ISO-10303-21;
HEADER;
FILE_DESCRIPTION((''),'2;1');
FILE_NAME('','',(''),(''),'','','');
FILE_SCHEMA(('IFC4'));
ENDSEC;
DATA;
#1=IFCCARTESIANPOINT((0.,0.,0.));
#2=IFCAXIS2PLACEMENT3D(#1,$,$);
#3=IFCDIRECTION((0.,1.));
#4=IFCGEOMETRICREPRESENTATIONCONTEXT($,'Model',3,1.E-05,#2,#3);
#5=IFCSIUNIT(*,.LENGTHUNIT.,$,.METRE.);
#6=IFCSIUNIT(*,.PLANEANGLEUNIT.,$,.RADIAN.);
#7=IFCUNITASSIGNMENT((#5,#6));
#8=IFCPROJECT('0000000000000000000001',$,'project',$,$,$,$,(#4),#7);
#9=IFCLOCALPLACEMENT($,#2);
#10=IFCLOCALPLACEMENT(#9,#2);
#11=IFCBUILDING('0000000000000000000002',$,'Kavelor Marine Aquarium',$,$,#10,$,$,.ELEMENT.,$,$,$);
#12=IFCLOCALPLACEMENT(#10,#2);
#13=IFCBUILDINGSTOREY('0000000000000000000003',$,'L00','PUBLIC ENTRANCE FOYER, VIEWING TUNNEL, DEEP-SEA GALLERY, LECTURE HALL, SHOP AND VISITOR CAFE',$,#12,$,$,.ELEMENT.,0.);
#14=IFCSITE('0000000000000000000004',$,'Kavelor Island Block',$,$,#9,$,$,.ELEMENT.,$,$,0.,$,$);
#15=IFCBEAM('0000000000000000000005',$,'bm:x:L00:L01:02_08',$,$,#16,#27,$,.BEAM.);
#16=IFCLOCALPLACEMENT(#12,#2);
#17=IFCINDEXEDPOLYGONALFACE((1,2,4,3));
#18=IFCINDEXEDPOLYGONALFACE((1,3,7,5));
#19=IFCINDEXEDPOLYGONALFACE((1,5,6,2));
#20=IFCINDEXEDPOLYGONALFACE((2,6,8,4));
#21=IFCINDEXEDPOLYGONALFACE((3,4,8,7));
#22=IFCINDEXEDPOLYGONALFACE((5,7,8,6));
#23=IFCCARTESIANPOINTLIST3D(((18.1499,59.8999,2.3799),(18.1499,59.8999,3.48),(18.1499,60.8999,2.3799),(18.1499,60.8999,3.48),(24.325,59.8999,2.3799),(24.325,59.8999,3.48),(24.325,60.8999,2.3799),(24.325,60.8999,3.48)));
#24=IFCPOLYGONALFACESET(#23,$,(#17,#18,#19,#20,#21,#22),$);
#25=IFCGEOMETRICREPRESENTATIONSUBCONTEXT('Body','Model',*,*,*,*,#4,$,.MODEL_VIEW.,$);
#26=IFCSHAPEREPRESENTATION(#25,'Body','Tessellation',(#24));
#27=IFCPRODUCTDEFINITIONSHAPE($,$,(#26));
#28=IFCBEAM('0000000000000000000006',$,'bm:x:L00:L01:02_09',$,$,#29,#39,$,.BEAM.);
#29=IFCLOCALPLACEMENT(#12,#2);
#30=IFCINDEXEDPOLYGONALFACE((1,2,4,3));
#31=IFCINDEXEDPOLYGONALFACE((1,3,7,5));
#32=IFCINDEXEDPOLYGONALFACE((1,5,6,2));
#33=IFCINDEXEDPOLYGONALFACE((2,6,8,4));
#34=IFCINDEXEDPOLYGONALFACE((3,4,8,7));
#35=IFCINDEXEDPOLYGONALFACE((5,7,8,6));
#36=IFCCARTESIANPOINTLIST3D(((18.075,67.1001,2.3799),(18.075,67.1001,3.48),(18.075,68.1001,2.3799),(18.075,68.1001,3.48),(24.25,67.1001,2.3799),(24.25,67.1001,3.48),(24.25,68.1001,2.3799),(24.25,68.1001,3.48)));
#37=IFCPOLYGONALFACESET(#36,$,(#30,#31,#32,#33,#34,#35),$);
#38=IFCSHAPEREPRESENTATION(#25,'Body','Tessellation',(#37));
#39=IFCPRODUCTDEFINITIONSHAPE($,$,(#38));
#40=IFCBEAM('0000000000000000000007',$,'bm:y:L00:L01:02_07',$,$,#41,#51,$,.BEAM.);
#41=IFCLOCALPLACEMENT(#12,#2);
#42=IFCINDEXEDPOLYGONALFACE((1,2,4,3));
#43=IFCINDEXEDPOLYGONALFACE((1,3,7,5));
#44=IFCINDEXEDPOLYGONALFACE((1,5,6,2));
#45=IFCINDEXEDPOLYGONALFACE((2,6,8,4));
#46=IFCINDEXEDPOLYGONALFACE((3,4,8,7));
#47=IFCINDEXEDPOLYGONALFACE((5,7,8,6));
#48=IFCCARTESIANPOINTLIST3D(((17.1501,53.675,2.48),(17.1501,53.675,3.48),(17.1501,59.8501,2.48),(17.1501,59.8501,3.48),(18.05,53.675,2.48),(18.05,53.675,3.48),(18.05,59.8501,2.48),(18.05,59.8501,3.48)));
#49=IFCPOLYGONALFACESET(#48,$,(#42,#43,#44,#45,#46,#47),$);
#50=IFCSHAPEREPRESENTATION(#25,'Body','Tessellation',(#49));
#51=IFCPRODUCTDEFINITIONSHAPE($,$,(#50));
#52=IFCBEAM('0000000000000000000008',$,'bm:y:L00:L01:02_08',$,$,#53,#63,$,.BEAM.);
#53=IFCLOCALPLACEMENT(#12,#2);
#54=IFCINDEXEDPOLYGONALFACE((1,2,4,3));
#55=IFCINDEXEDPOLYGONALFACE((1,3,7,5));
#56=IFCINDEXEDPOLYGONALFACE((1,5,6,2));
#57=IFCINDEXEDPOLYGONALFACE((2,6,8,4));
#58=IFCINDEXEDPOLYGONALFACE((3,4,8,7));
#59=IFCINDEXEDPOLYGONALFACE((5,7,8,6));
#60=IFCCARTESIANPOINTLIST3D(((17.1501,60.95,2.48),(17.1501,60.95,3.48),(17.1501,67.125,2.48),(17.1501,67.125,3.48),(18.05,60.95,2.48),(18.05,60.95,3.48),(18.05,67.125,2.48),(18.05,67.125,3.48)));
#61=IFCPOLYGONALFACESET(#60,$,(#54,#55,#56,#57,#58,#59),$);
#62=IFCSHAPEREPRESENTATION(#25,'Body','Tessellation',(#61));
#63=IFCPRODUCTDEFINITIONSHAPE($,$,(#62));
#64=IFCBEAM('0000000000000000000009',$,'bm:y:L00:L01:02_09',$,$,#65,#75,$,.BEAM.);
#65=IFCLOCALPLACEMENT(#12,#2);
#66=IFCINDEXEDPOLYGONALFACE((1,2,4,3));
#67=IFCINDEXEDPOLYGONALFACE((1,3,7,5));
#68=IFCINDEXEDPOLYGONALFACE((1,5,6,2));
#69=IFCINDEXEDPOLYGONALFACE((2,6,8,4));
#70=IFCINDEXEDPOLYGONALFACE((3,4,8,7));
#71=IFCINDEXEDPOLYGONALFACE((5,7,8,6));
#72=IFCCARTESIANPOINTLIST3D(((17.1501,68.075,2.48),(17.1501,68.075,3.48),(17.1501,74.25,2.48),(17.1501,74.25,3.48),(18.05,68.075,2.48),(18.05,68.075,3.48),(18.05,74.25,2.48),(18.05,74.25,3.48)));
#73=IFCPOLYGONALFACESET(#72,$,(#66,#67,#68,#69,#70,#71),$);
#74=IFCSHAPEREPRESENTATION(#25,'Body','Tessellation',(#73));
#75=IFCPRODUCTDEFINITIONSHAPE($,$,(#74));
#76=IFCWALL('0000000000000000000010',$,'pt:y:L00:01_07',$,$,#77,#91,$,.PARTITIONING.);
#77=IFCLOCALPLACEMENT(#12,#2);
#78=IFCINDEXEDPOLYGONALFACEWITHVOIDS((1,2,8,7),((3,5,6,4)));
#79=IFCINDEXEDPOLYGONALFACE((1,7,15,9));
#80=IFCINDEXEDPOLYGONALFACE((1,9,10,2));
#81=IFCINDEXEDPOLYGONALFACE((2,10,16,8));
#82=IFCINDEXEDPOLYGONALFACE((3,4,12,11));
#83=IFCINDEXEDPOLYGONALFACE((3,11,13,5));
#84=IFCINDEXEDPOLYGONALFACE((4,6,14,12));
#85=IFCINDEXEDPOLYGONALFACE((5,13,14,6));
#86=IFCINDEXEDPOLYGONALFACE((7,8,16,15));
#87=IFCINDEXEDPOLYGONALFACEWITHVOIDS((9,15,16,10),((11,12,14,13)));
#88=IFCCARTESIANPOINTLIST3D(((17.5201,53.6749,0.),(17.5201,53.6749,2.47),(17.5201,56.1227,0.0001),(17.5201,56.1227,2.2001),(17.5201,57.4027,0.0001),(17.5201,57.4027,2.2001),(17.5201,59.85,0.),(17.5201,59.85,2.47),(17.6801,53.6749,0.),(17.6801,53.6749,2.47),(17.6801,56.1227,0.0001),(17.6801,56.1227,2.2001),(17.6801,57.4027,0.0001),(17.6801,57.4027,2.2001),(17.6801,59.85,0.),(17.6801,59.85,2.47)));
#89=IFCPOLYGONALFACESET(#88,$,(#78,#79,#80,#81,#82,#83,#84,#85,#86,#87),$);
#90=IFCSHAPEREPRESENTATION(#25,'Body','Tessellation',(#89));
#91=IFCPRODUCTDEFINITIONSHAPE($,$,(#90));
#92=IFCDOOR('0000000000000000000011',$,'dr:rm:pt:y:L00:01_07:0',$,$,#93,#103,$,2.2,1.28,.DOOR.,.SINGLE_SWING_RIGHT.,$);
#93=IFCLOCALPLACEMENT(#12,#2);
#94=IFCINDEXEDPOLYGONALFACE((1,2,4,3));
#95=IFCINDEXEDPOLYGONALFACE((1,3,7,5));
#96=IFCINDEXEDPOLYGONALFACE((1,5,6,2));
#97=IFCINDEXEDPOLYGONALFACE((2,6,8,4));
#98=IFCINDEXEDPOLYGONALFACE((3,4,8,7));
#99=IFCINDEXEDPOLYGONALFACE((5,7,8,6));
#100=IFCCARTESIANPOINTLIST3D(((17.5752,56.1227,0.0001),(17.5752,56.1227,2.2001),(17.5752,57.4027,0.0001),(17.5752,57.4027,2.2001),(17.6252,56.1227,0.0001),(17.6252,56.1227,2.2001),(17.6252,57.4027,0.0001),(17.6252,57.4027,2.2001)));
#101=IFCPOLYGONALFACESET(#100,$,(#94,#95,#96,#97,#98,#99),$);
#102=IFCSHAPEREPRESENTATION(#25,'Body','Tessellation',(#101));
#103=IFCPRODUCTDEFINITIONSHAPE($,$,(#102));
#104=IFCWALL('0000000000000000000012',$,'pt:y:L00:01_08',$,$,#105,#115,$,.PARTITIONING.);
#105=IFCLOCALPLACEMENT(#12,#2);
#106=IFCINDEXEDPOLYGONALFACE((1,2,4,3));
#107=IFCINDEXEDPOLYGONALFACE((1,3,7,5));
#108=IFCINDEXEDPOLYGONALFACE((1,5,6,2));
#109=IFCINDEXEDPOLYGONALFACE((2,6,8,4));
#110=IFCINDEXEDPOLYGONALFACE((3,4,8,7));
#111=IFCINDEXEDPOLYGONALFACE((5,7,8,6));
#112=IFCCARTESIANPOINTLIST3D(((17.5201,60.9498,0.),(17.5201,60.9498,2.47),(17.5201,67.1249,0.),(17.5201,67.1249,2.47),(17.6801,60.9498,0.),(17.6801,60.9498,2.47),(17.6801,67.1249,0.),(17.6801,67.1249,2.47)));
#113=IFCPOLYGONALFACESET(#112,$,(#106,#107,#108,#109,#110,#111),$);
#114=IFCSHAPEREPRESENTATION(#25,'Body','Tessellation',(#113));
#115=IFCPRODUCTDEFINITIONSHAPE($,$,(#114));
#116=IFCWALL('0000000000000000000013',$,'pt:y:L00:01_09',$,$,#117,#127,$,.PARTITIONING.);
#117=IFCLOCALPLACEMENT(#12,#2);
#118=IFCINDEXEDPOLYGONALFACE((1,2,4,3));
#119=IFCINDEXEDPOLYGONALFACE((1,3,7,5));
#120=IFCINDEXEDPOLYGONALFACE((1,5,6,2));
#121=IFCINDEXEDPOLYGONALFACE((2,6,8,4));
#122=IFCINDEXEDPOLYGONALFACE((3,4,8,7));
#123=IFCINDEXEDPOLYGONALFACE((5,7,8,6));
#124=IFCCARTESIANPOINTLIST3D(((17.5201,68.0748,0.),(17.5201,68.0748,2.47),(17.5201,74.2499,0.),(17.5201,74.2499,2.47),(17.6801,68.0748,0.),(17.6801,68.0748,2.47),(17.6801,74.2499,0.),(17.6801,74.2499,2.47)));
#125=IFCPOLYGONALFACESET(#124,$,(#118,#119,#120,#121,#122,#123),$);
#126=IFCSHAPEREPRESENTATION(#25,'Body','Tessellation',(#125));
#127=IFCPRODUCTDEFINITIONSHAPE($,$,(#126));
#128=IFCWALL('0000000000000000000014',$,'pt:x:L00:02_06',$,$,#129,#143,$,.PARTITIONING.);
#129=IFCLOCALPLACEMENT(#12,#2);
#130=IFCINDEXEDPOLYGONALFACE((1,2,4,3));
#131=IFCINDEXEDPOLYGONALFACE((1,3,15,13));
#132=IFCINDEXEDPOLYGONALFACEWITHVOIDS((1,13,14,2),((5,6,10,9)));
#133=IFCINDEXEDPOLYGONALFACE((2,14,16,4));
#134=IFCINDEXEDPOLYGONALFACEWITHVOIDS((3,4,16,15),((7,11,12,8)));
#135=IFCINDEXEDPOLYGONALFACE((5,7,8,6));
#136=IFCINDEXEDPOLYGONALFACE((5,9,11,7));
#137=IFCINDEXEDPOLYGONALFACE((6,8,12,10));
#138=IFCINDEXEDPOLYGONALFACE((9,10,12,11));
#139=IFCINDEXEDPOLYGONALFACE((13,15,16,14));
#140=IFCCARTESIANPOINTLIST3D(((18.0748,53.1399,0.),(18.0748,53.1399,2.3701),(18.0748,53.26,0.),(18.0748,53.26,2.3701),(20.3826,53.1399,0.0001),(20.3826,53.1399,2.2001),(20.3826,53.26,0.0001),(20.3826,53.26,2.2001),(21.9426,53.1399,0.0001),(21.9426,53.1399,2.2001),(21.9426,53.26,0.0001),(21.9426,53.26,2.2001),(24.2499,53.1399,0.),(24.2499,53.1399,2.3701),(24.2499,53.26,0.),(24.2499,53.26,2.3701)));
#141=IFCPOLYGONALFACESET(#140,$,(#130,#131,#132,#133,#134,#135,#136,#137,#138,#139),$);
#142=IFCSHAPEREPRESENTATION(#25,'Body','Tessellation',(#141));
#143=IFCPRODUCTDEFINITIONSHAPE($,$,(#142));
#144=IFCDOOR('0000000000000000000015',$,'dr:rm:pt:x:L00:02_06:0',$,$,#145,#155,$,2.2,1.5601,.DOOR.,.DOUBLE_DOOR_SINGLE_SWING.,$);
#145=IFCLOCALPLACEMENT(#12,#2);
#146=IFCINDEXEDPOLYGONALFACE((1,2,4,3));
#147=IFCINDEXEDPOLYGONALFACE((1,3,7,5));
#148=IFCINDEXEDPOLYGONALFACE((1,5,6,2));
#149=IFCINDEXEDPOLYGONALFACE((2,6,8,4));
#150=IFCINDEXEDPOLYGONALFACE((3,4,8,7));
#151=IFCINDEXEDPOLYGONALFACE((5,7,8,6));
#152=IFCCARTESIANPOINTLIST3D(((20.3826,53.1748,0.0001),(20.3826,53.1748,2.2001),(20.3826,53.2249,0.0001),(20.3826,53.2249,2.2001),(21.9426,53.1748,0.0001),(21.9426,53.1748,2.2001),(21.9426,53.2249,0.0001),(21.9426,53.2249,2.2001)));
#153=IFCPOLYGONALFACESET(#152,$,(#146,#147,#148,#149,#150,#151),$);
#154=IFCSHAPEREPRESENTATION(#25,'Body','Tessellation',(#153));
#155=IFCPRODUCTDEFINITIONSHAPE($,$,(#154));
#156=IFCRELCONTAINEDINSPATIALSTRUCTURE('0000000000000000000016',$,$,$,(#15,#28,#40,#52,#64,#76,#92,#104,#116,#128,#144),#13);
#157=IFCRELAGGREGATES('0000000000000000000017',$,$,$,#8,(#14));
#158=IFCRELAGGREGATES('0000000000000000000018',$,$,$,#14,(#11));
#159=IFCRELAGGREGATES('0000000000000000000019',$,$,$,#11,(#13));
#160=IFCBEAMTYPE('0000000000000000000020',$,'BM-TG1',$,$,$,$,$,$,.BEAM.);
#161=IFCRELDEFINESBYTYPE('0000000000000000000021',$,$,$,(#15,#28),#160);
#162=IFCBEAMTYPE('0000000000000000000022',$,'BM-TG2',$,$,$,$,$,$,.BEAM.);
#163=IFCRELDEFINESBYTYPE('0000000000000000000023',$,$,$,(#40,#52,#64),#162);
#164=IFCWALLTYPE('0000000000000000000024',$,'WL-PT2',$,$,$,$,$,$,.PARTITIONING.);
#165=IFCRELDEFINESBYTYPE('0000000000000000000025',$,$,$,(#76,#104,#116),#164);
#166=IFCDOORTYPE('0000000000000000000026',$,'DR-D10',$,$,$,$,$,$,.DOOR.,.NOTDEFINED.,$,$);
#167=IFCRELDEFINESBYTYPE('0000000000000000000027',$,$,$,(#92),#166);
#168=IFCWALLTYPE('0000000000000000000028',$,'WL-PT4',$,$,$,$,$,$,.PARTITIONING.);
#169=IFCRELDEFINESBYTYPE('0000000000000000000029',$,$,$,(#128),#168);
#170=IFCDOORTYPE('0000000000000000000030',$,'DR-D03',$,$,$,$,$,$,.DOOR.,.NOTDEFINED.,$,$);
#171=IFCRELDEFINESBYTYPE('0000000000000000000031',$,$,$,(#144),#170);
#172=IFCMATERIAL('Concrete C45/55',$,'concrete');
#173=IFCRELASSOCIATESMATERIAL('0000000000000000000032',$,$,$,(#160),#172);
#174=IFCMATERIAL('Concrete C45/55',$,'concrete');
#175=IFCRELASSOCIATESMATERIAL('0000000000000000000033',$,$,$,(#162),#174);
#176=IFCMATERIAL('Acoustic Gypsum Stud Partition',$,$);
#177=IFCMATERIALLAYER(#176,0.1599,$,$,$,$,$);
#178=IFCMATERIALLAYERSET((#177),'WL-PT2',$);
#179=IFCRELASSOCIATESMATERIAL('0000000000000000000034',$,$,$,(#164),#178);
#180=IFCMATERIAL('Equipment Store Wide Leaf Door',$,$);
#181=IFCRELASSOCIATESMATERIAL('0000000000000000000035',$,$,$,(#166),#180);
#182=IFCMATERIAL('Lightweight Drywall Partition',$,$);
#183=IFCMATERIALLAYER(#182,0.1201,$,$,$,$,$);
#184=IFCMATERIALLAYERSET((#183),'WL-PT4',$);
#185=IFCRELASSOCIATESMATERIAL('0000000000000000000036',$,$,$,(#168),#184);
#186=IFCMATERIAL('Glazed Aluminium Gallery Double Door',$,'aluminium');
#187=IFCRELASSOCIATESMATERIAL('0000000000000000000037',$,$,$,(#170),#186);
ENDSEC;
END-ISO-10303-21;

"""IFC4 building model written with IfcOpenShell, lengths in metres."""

from ifc_helpers import new_model, si_unit, direction, frame, frame_2d, origin, origin_2d, place, context, subcontext, project, spatial, rectangle, extrude, material, layer, layer_set, material_profile, profile_set, type_object, element, fill, save


model = new_model("IFC4")

# Units and contexts
model_context = context("Model", 3, precision=1e-05, world=origin(), true_north=direction((0.0, 1.0)))
body_context = subcontext(model_context, "Body", "Model", "MODEL_VIEW")
ifc_project = project(units=[si_unit("LENGTHUNIT", "METRE"), si_unit("PLANEANGLEUNIT", "RADIAN")], contexts=[model_context])

# Site, building, storey
site_placement = place(None, origin())
site = spatial("IfcSite", under=ifc_project, at=site_placement, Name="Kavelor Island Block", CompositionType="ELEMENT", RefElevation=0.0)
building_placement = place(site_placement, origin())
building = spatial("IfcBuilding", under=site, at=building_placement, Name="Kavelor Marine Aquarium", CompositionType="ELEMENT")
storey_placement = place(building_placement, origin())
storey = spatial("IfcBuildingStorey", under=building, at=storey_placement, Name="L00", Description="PUBLIC ENTRANCE FOYER, VIEWING TUNNEL, DEEP-SEA GALLERY, LECTURE HALL, SHOP AND VISITOR CAFE", CompositionType="ELEMENT", Elevation=0.0)

# Beams
ifc_material_1 = material(Name="Concrete C45/55", Category="concrete")
ifc_material_profile_1 = material_profile(ifc_material_1, rectangle(XDim=1.0, YDim=1.1001, at=origin_2d()), Name="RC-TG 1000x1100")
ifc_profile_set_1 = profile_set([ifc_material_profile_1], Name="Concrete C45/55")
beam_type_1 = type_object("IfcBeamType", Name="BM-TG1", PredefinedType="BEAM", material=ifc_profile_set_1)
for number, where, z_axis, x_axis, name in (
    (1, (18.1499, 60.3999, 2.9299), (1.0, 0.0, 0.0), (0.0, 1.0, 0.0), "bm:x:L00:L01:02_08"),
    (2, (18.075, 67.6001, 2.9299), (1.0, 0.0, 0.0), (0.0, 1.0, 0.0), "bm:x:L00:L01:02_09"),
):
    element("IfcBeam", number, at=place(storey_placement, frame(where, z_axis=z_axis, x_axis=x_axis)), inside=storey, type_object=beam_type_1, Name=name, PredefinedType="BEAM", context=body_context, shape_type="SweptSolid", body=[
        extrude(rectangle(XDim=1.0, YDim=1.1001, at=origin_2d()), origin(), (0.0, 0.0, 1.0), 6.175),
    ])
ifc_material_2 = material(Name="Concrete C45/55", Category="concrete")
ifc_material_profile_2 = material_profile(ifc_material_2, rectangle(XDim=0.8999, YDim=1.0, at=origin_2d()), Name="RC-TG 900x1000")
ifc_profile_set_2 = profile_set([ifc_material_profile_2], Name="Concrete C45/55")
beam_type_2 = type_object("IfcBeamType", Name="BM-TG2", PredefinedType="BEAM", material=ifc_profile_set_2)
for number, where, z_axis, x_axis, name in (
    (3, (17.6001, 53.675, 2.98), (0.0, 1.0, 0.0), (-1.0, 0.0, 0.0), "bm:y:L00:L01:02_07"),
    (4, (17.6001, 60.95, 2.98), (0.0, 1.0, 0.0), (-1.0, 0.0, 0.0), "bm:y:L00:L01:02_08"),
    (5, (17.6001, 68.075, 2.98), (0.0, 1.0, 0.0), (-1.0, 0.0, 0.0), "bm:y:L00:L01:02_09"),
):
    element("IfcBeam", number, at=place(storey_placement, frame(where, z_axis=z_axis, x_axis=x_axis)), inside=storey, type_object=beam_type_2, Name=name, PredefinedType="BEAM", context=body_context, shape_type="SweptSolid", body=[
        extrude(rectangle(XDim=0.8999, YDim=1.0, at=origin_2d()), origin(), (0.0, 0.0, 1.0), 6.175),
    ])

# Wall, opening, door
ifc_material_3 = material(Name="Acoustic Gypsum Stud Partition")
ifc_layer_1 = layer(ifc_material_3, 0.1599)
ifc_layer_set_1 = layer_set([ifc_layer_1], Name="WL-PT2")
wall_type_1 = type_object("IfcWallType", Name="WL-PT2", PredefinedType="PARTITIONING", material=ifc_layer_set_1)
wall_1_placement = place(storey_placement, frame((17.6001, 53.675, 0.0), z_axis=(0.0, 0.0, 1.0), x_axis=(0.0, 1.0, 0.0)))
wall_1 = element("IfcWall", 6, at=wall_1_placement, inside=storey, type_object=wall_type_1, Name="pt:y:L00:01_07", PredefinedType="PARTITIONING", context=body_context, shape_type="SweptSolid", body=[
    extrude(rectangle(XDim=6.175, YDim=0.1599, at=frame_2d((3.0874, 0.0))), origin(), (0.0, 0.0, 1.0), 2.47),
])
opening_1_placement = place(wall_1_placement, frame((2.4475, 0.0, 0.0)))
opening_1 = element("IfcOpeningElement", 7, at=opening_1_placement, cuts=wall_1, PredefinedType="OPENING", context=body_context, shape_type="SweptSolid", body=[
    extrude(rectangle(XDim=1.28, YDim=2.2, at=frame_2d((0.6401, 1.1001))), frame((0.0, 0.0898, 0.0), z_axis=(0.0, -1.0, 0.0), x_axis=(1.0, 0.0, 0.0)), (0.0, 0.0, 1.0), 0.1799),
])
ifc_material_4 = material(Name="Equipment Store Wide Leaf Door")
door_type_1 = type_object("IfcDoorType", Name="DR-D10", OperationType="NOTDEFINED", PredefinedType="DOOR", material=ifc_material_4)
door_1_placement = place(opening_1_placement, origin())
door_1 = element("IfcDoor", 8, at=door_1_placement, inside=storey, type_object=door_type_1, Name="dr:rm:pt:y:L00:01_07:0", OperationType="SINGLE_SWING_RIGHT", OverallHeight=2.2, OverallWidth=1.28, PredefinedType="DOOR", context=body_context, shape_type="SweptSolid", body=[
    extrude(rectangle(XDim=1.28, YDim=2.2, at=frame_2d((0.6401, 1.1001))), frame((0.0, 0.0249, 0.0), z_axis=(0.0, -1.0, 0.0), x_axis=(1.0, 0.0, 0.0)), (0.0, 0.0, 1.0), 0.05),
])
fill(opening_1, door_1)

# Walls
for number, where, z_axis, x_axis, name in (
    (9, (17.6001, 60.95, 0.0), (0.0, 0.0, 1.0), (0.0, 1.0, 0.0), "pt:y:L00:01_08"),
    (10, (17.6001, 68.075, 0.0), (0.0, 0.0, 1.0), (0.0, 1.0, 0.0), "pt:y:L00:01_09"),
):
    element("IfcWall", number, at=place(storey_placement, frame(where, z_axis=z_axis, x_axis=x_axis)), inside=storey, type_object=wall_type_1, Name=name, PredefinedType="PARTITIONING", context=body_context, shape_type="SweptSolid", body=[
        extrude(rectangle(XDim=6.175, YDim=0.1599, at=frame_2d((3.0874, 0.0))), origin(), (0.0, 0.0, 1.0), 2.47),
    ])

# Wall, opening, door
ifc_material_5 = material(Name="Lightweight Drywall Partition")
ifc_layer_2 = layer(ifc_material_5, 0.1201)
ifc_layer_set_2 = layer_set([ifc_layer_2], Name="WL-PT4")
wall_type_2 = type_object("IfcWallType", Name="WL-PT4", PredefinedType="PARTITIONING", material=ifc_layer_set_2)
wall_2_placement = place(storey_placement, frame((18.075, 53.2, 0.0), z_axis=(0.0, 0.0, 1.0), x_axis=(1.0, 0.0, 0.0)))
wall_2 = element("IfcWall", 11, at=wall_2_placement, inside=storey, type_object=wall_type_2, Name="pt:x:L00:02_06", PredefinedType="PARTITIONING", context=body_context, shape_type="SweptSolid", body=[
    extrude(rectangle(XDim=6.175, YDim=0.1201, at=frame_2d((3.0874, 0.0))), origin(), (0.0, 0.0, 1.0), 2.3701),
])
opening_2_placement = place(wall_2_placement, frame((2.3076, 0.0, 0.0)))
opening_2 = element("IfcOpeningElement", 12, at=opening_2_placement, cuts=wall_2, PredefinedType="OPENING", context=body_context, shape_type="SweptSolid", body=[
    extrude(rectangle(XDim=1.5601, YDim=2.2, at=frame_2d((0.78, 1.1001))), frame((0.0, 0.0701, 0.0), z_axis=(0.0, -1.0, 0.0), x_axis=(1.0, 0.0, 0.0)), (0.0, 0.0, 1.0), 0.1401),
])
ifc_material_6 = material(Name="Glazed Aluminium Gallery Double Door", Category="aluminium")
door_type_2 = type_object("IfcDoorType", Name="DR-D03", OperationType="NOTDEFINED", PredefinedType="DOOR", material=ifc_material_6)
door_2_placement = place(opening_2_placement, origin())
door_2 = element("IfcDoor", 13, at=door_2_placement, inside=storey, type_object=door_type_2, Name="dr:rm:pt:x:L00:02_06:0", OperationType="DOUBLE_DOOR_SINGLE_SWING", OverallHeight=2.2, OverallWidth=1.5601, PredefinedType="DOOR", context=body_context, shape_type="SweptSolid", body=[
    extrude(rectangle(XDim=1.5601, YDim=2.2, at=frame_2d((0.78, 1.1001))), frame((0.0, 0.0249, 0.0), z_axis=(0.0, -1.0, 0.0), x_axis=(1.0, 0.0, 0.0)), (0.0, 0.0, 1.0), 0.05),
])
fill(opening_2, door_2)

save(model, "model.ifc")
